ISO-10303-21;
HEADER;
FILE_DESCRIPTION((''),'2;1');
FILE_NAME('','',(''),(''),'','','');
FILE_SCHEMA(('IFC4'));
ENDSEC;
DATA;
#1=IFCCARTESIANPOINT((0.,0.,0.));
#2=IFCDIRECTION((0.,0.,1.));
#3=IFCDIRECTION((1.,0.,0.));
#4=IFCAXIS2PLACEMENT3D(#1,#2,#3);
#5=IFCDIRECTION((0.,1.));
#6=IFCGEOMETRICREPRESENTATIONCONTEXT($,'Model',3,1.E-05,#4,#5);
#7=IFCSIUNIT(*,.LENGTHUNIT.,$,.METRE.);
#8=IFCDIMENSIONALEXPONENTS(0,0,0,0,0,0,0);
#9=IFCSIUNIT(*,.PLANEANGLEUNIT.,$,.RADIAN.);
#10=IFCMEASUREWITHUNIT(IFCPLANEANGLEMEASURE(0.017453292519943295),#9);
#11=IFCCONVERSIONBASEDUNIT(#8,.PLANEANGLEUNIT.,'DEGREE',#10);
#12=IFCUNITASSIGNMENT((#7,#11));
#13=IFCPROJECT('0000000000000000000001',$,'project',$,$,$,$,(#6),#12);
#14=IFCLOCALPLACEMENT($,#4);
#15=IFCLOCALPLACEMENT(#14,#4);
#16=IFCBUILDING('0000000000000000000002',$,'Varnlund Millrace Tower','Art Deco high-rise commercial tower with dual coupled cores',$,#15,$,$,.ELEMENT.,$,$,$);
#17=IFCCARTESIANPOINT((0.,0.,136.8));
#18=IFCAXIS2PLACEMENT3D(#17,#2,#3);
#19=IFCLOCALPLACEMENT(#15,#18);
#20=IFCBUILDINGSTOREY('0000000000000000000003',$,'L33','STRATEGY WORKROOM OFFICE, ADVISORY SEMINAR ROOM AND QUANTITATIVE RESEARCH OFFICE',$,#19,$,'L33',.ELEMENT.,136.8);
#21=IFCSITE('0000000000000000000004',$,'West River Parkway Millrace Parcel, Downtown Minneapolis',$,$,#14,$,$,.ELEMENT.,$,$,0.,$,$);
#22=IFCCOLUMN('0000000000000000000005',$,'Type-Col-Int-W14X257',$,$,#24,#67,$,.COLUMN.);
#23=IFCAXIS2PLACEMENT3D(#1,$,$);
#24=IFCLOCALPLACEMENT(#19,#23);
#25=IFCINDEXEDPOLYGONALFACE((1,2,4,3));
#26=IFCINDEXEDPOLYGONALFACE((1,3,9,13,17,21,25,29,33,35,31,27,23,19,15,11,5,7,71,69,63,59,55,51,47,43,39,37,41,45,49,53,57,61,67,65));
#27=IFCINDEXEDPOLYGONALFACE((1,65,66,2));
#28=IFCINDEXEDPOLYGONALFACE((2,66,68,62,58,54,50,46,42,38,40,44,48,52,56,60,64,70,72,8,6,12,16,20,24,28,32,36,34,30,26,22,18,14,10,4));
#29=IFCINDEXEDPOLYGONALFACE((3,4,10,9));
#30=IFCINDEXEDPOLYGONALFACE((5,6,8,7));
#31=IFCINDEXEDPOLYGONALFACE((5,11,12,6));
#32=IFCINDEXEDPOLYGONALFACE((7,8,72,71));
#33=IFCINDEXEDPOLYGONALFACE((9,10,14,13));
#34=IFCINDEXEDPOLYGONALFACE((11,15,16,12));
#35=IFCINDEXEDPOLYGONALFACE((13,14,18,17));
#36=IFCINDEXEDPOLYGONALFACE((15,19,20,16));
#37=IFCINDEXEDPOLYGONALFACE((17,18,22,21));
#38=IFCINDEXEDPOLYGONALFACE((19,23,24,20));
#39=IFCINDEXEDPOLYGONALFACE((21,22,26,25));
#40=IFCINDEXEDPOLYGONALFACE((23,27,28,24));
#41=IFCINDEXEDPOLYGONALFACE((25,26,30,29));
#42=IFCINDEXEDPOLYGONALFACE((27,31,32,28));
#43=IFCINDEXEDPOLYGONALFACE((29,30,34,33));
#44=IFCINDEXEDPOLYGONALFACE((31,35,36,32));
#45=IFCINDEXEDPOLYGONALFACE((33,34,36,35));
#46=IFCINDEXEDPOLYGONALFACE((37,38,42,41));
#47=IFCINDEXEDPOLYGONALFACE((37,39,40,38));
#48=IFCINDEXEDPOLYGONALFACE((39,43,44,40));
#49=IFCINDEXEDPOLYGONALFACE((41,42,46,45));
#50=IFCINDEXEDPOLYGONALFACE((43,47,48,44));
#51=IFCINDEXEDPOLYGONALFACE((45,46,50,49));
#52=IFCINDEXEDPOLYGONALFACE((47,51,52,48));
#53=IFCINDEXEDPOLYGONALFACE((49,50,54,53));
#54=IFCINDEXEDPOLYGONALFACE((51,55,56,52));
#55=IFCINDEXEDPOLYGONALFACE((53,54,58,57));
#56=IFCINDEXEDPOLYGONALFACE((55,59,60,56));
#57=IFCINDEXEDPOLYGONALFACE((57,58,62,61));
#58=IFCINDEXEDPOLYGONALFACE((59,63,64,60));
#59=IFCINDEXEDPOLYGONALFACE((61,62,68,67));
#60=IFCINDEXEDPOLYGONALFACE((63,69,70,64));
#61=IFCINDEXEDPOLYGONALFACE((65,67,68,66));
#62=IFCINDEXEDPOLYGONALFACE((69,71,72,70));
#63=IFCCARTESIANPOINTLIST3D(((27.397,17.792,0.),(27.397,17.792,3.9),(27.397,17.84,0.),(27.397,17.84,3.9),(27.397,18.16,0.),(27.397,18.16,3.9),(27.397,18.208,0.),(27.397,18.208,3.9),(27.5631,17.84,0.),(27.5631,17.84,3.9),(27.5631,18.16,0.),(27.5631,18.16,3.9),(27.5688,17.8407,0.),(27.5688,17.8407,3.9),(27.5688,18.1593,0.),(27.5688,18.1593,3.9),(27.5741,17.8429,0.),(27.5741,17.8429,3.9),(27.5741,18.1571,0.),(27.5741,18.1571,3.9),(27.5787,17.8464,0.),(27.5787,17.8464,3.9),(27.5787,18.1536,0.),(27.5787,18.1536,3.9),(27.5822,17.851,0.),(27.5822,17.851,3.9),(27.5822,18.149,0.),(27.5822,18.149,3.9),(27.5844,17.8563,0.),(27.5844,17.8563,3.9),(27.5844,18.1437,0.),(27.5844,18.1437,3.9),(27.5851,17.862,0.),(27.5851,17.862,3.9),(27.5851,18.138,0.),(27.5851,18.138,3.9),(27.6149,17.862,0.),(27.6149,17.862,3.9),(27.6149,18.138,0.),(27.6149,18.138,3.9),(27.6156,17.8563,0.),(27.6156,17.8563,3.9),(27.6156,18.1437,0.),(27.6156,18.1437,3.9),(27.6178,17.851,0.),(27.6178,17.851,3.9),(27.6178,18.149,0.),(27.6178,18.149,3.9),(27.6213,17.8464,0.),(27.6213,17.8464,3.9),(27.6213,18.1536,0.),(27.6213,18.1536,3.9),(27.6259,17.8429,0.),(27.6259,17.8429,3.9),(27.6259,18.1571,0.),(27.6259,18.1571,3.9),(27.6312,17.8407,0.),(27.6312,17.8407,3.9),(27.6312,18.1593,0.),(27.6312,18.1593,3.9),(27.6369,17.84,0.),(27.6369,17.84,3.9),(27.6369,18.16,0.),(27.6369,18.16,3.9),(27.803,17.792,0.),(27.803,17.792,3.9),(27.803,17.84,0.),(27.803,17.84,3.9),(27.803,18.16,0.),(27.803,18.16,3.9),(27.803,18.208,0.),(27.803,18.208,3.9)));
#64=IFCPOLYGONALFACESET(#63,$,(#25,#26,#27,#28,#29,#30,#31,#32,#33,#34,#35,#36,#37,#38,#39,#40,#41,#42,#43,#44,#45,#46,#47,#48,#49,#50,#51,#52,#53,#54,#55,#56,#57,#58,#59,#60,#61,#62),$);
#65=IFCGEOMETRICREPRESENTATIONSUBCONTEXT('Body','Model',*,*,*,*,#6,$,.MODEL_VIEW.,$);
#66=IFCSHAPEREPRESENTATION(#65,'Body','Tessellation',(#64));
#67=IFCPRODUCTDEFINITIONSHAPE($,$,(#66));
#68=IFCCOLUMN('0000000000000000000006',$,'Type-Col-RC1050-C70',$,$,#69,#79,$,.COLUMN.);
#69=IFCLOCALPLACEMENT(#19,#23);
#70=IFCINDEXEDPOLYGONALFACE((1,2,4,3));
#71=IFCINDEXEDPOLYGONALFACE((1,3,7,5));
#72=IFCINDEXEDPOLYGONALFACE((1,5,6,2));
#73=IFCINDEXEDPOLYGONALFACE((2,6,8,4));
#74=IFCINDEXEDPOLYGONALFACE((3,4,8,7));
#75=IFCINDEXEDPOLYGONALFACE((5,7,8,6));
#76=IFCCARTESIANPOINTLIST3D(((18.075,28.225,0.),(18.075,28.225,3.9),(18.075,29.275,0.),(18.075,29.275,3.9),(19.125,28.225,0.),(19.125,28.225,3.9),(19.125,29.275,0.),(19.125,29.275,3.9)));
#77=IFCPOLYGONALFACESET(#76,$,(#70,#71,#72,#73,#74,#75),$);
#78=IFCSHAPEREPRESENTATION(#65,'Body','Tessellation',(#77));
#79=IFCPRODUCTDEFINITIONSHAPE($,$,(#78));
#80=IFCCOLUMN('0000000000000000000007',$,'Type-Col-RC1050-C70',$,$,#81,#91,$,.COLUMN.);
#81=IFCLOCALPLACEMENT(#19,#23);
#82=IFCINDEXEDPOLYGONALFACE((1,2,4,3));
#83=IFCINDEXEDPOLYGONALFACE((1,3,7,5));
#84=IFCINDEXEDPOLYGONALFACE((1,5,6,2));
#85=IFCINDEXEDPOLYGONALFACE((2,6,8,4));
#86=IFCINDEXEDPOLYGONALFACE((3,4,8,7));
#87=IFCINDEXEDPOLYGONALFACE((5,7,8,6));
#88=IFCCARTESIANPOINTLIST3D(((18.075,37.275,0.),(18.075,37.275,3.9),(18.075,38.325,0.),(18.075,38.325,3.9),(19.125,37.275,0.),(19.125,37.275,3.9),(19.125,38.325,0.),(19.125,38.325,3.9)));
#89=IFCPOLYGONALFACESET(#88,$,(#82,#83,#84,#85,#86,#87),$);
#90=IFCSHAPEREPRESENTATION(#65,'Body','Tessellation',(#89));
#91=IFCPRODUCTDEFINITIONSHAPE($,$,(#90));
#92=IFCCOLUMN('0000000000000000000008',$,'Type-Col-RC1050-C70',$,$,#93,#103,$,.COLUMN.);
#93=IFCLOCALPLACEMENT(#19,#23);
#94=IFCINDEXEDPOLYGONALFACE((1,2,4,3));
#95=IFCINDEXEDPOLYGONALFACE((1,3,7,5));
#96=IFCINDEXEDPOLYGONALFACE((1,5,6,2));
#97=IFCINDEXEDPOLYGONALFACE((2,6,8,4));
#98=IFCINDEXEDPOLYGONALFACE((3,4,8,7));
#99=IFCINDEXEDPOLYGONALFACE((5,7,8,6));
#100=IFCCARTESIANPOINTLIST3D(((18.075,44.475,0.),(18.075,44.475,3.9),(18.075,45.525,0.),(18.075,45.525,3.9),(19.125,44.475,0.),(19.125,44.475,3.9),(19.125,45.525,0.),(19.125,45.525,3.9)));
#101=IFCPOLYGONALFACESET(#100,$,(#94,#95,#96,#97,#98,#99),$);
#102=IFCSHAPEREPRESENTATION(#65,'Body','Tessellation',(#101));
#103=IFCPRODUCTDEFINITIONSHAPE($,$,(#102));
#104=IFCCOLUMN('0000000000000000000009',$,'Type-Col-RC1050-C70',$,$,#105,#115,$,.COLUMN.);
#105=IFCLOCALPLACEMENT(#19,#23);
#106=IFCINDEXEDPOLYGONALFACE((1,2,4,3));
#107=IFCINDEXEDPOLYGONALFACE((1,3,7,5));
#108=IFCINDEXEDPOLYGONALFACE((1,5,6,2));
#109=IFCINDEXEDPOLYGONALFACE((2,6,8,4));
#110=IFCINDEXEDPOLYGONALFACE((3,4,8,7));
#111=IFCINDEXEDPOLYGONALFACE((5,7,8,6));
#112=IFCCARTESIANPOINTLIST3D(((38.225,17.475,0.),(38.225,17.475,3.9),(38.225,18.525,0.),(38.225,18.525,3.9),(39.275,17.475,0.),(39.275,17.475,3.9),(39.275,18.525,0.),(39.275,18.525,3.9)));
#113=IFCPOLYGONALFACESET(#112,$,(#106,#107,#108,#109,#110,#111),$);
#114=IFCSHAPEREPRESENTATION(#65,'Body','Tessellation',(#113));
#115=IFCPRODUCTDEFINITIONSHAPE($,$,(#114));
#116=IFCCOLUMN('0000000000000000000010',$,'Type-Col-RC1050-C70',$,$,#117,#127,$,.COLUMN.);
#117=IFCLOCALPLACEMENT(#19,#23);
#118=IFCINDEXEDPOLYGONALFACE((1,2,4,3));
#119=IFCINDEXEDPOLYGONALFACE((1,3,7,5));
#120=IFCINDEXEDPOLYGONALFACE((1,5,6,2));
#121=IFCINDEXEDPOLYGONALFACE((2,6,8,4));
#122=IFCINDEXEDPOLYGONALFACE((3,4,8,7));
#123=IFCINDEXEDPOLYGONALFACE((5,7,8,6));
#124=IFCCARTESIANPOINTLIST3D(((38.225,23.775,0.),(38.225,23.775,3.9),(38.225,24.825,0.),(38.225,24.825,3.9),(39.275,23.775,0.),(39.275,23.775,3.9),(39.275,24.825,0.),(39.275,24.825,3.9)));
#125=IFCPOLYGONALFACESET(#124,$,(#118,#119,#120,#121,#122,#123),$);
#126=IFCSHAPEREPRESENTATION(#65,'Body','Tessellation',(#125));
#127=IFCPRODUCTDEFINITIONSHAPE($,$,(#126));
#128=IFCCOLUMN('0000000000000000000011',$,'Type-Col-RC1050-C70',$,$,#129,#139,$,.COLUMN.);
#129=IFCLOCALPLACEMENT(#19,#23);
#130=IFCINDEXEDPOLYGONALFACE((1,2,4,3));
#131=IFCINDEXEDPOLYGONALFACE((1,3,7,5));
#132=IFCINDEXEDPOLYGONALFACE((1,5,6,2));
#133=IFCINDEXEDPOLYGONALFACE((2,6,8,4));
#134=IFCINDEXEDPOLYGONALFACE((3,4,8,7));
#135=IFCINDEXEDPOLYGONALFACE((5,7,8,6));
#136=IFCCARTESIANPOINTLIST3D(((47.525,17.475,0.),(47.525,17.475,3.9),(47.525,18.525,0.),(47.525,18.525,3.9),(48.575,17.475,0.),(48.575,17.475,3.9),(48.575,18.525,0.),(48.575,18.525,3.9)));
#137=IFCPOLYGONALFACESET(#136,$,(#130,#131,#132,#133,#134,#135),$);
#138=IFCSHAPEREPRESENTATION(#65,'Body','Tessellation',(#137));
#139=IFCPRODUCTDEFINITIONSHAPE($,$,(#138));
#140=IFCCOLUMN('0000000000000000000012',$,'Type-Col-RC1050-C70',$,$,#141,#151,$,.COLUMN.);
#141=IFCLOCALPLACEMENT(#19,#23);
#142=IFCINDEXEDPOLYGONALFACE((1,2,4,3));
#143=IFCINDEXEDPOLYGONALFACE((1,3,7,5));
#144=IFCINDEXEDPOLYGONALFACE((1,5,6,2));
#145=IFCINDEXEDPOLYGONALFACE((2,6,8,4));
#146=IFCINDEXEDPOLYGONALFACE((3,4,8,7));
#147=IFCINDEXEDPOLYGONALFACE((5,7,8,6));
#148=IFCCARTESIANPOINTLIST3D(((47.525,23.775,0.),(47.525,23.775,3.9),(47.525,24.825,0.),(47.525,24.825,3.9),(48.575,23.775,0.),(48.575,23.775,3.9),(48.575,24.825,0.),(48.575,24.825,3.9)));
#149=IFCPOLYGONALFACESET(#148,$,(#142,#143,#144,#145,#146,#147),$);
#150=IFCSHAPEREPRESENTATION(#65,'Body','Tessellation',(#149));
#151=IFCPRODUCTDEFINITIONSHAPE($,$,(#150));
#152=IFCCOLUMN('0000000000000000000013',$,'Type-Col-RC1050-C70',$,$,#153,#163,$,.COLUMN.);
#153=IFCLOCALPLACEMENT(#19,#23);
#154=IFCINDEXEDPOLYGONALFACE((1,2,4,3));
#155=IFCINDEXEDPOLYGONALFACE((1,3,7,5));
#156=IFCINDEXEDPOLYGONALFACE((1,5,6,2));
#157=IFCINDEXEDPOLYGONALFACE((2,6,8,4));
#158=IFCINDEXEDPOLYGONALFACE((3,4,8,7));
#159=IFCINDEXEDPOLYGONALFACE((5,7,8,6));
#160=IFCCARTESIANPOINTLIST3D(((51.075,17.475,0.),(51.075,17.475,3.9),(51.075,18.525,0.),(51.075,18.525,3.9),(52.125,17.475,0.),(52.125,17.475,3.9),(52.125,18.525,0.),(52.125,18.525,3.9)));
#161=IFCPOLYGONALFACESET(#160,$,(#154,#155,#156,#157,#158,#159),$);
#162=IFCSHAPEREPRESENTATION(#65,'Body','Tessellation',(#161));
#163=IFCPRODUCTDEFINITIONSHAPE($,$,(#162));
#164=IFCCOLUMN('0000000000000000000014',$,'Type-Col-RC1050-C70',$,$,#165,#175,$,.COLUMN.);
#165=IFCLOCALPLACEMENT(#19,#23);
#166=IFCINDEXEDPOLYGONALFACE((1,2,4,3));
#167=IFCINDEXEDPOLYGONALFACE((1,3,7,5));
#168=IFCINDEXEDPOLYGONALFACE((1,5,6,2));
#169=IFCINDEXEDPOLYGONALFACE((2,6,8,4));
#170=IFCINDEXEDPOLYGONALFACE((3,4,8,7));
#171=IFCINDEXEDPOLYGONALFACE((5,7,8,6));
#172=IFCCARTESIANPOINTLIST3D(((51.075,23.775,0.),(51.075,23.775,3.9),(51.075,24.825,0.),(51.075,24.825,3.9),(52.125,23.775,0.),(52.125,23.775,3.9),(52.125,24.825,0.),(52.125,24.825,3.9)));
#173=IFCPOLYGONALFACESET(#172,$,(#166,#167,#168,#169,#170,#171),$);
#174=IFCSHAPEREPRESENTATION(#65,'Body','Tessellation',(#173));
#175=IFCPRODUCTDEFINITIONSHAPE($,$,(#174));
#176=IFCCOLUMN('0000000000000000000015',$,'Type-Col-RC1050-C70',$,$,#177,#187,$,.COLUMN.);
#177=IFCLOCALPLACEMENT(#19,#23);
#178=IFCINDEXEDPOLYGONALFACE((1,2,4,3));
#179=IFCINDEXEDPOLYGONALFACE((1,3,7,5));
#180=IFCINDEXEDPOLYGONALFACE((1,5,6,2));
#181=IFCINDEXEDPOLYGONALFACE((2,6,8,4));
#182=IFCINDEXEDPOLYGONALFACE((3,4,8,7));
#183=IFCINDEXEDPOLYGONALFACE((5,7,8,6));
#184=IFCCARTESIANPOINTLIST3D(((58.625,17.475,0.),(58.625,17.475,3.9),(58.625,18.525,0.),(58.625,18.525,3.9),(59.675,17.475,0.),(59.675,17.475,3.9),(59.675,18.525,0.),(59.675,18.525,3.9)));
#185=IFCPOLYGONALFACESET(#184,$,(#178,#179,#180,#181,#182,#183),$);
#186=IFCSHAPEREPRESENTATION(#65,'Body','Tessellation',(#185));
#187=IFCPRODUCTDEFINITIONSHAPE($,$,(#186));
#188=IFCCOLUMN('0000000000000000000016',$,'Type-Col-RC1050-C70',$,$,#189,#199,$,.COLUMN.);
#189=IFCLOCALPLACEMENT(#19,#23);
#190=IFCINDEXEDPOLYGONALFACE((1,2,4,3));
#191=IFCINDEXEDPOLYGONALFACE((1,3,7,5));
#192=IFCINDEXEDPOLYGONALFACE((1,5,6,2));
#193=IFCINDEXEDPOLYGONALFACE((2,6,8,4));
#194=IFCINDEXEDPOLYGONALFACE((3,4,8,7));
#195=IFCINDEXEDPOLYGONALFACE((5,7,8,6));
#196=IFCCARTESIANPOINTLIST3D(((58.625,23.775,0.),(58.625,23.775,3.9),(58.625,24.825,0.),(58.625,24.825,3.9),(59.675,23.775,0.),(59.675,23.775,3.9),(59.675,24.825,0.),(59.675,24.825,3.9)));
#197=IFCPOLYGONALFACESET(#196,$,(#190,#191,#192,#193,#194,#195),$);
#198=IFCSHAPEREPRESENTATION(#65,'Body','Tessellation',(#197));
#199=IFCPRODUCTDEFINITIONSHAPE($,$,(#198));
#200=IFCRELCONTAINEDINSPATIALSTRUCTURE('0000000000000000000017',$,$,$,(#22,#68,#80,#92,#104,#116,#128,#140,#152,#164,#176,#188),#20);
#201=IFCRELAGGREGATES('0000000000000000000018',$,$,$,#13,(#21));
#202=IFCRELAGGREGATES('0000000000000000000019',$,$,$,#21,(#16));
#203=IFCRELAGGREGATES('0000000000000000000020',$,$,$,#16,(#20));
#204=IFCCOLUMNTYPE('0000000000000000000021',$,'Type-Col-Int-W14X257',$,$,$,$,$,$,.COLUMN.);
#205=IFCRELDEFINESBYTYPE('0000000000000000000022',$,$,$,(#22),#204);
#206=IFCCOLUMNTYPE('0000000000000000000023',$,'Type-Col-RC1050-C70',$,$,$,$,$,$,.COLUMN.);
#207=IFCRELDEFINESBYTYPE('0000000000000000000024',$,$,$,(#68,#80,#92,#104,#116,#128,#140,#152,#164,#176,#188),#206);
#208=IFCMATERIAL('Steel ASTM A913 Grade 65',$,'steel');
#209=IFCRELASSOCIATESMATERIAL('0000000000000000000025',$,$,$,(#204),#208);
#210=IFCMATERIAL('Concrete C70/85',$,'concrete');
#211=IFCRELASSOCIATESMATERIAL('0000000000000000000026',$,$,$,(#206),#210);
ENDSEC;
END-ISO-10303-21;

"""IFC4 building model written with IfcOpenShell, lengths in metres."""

from ifc_helpers import new_model, entity, si_unit, converted_unit, direction, frame, origin_with_axes, origin_2d_with_axis, place, context, subcontext, project, spatial, rectangle, i_section, extrude, material, material_profile, profile_set, type_object, element, save


model = new_model("IFC4")

# Units and contexts
model_context = context("Model", 3, precision=1e-05, world=origin_with_axes(), true_north=direction((0.0, 1.0)))
body_context = subcontext(model_context, "Body", "Model", "MODEL_VIEW")
ifc_project = project(units=[si_unit("LENGTHUNIT", "METRE"), converted_unit("PLANEANGLEUNIT", "DEGREE", entity("IfcPlaneAngleMeasure", 0.017453292519943295), si_unit("PLANEANGLEUNIT", "RADIAN"), dimensions=[0, 0, 0, 0, 0, 0, 0])], contexts=[model_context])

# Site, building, storey
site_placement = place(None, origin_with_axes())
site = spatial("IfcSite", under=ifc_project, at=site_placement, Name="West River Parkway Millrace Parcel, Downtown Minneapolis", CompositionType="ELEMENT", RefElevation=0.0)
building_placement = place(site_placement, origin_with_axes())
building = spatial("IfcBuilding", under=site, at=building_placement, Name="Varnlund Millrace Tower", Description="Art Deco high-rise commercial tower with dual coupled cores", CompositionType="ELEMENT")
storey_placement = place(building_placement, frame((0.0, 0.0, 136.8), z_axis=(0.0, 0.0, 1.0), x_axis=(1.0, 0.0, 0.0)))
storey = spatial("IfcBuildingStorey", under=building, at=storey_placement, Name="L33", Description="STRATEGY WORKROOM OFFICE, ADVISORY SEMINAR ROOM AND QUANTITATIVE RESEARCH OFFICE", LongName="L33", CompositionType="ELEMENT", Elevation=136.8)

# Columns
ifc_material_1 = material(Name="Steel ASTM A913 Grade 65", Category="steel")
ifc_material_profile_1 = material_profile(ifc_material_1, i_section(OverallWidth=0.406, OverallDepth=0.416, WebThickness=0.0298, FlangeThickness=0.048, FilletRadius=0.022, at=origin_2d_with_axis()), Name="Steel ASTM A913 Grade 65")
ifc_profile_set_1 = profile_set([ifc_material_profile_1], Name="Steel ASTM A913 Grade 65")
column_type_1 = type_object("IfcColumnType", Name="Type-Col-Int-W14X257", PredefinedType="COLUMN", material=ifc_profile_set_1)
column_placement = place(storey_placement, frame((27.6, 18.0, 0.0), z_axis=(0.0, 0.0, 1.0), x_axis=(1.0, 0.0, 0.0)))
element("IfcColumn", 1, at=column_placement, inside=storey, type_object=column_type_1, Name="Type-Col-Int-W14X257", PredefinedType="COLUMN", context=body_context, shape_type="SweptSolid", body=[
    extrude(i_section(OverallWidth=0.406, OverallDepth=0.416, WebThickness=0.0298, FlangeThickness=0.048, FilletRadius=0.022, at=origin_2d_with_axis()), origin_with_axes(), (0.0, 0.0, 1.0), 3.9),
])
ifc_material_2 = material(Name="Concrete C70/85", Category="concrete")
ifc_material_profile_2 = material_profile(ifc_material_2, rectangle(XDim=1.05, YDim=1.05, at=origin_2d_with_axis()), Name="Concrete C70/85")
ifc_profile_set_2 = profile_set([ifc_material_profile_2], Name="Concrete C70/85")
column_type_2 = type_object("IfcColumnType", Name="Type-Col-RC1050-C70", PredefinedType="COLUMN", material=ifc_profile_set_2)
for number, where, z_axis, x_axis, name in (
    (2, (18.6, 28.75, 0.0), (0.0, 0.0, 1.0), (1.0, 0.0, 0.0), "Type-Col-RC1050-C70"),
    (3, (18.6, 37.8, 0.0), (0.0, 0.0, 1.0), (1.0, 0.0, 0.0), "Type-Col-RC1050-C70"),
    (4, (18.6, 45.0, 0.0), (0.0, 0.0, 1.0), (1.0, 0.0, 0.0), "Type-Col-RC1050-C70"),
    (5, (38.75, 18.0, 0.0), (0.0, 0.0, 1.0), (1.0, 0.0, 0.0), "Type-Col-RC1050-C70"),
    (6, (38.75, 24.3, 0.0), (0.0, 0.0, 1.0), (1.0, 0.0, 0.0), "Type-Col-RC1050-C70"),
    (7, (48.05, 18.0, 0.0), (0.0, 0.0, 1.0), (1.0, 0.0, 0.0), "Type-Col-RC1050-C70"),
    (8, (48.05, 24.3, 0.0), (0.0, 0.0, 1.0), (1.0, 0.0, 0.0), "Type-Col-RC1050-C70"),
    (9, (51.6, 18.0, 0.0), (0.0, 0.0, 1.0), (1.0, 0.0, 0.0), "Type-Col-RC1050-C70"),
    (10, (51.6, 24.3, 0.0), (0.0, 0.0, 1.0), (1.0, 0.0, 0.0), "Type-Col-RC1050-C70"),
    (11, (59.15, 18.0, 0.0), (0.0, 0.0, 1.0), (1.0, 0.0, 0.0), "Type-Col-RC1050-C70"),
    (12, (59.15, 24.3, 0.0), (0.0, 0.0, 1.0), (1.0, 0.0, 0.0), "Type-Col-RC1050-C70"),
):
    element("IfcColumn", number, at=place(storey_placement, frame(where, z_axis=z_axis, x_axis=x_axis)), inside=storey, type_object=column_type_2, Name=name, PredefinedType="COLUMN", context=body_context, shape_type="SweptSolid", body=[
        extrude(rectangle(XDim=1.05, YDim=1.05, at=origin_2d_with_axis()), origin_with_axes(), (0.0, 0.0, 1.0), 3.9),
    ])

save(model, "model.ifc")
